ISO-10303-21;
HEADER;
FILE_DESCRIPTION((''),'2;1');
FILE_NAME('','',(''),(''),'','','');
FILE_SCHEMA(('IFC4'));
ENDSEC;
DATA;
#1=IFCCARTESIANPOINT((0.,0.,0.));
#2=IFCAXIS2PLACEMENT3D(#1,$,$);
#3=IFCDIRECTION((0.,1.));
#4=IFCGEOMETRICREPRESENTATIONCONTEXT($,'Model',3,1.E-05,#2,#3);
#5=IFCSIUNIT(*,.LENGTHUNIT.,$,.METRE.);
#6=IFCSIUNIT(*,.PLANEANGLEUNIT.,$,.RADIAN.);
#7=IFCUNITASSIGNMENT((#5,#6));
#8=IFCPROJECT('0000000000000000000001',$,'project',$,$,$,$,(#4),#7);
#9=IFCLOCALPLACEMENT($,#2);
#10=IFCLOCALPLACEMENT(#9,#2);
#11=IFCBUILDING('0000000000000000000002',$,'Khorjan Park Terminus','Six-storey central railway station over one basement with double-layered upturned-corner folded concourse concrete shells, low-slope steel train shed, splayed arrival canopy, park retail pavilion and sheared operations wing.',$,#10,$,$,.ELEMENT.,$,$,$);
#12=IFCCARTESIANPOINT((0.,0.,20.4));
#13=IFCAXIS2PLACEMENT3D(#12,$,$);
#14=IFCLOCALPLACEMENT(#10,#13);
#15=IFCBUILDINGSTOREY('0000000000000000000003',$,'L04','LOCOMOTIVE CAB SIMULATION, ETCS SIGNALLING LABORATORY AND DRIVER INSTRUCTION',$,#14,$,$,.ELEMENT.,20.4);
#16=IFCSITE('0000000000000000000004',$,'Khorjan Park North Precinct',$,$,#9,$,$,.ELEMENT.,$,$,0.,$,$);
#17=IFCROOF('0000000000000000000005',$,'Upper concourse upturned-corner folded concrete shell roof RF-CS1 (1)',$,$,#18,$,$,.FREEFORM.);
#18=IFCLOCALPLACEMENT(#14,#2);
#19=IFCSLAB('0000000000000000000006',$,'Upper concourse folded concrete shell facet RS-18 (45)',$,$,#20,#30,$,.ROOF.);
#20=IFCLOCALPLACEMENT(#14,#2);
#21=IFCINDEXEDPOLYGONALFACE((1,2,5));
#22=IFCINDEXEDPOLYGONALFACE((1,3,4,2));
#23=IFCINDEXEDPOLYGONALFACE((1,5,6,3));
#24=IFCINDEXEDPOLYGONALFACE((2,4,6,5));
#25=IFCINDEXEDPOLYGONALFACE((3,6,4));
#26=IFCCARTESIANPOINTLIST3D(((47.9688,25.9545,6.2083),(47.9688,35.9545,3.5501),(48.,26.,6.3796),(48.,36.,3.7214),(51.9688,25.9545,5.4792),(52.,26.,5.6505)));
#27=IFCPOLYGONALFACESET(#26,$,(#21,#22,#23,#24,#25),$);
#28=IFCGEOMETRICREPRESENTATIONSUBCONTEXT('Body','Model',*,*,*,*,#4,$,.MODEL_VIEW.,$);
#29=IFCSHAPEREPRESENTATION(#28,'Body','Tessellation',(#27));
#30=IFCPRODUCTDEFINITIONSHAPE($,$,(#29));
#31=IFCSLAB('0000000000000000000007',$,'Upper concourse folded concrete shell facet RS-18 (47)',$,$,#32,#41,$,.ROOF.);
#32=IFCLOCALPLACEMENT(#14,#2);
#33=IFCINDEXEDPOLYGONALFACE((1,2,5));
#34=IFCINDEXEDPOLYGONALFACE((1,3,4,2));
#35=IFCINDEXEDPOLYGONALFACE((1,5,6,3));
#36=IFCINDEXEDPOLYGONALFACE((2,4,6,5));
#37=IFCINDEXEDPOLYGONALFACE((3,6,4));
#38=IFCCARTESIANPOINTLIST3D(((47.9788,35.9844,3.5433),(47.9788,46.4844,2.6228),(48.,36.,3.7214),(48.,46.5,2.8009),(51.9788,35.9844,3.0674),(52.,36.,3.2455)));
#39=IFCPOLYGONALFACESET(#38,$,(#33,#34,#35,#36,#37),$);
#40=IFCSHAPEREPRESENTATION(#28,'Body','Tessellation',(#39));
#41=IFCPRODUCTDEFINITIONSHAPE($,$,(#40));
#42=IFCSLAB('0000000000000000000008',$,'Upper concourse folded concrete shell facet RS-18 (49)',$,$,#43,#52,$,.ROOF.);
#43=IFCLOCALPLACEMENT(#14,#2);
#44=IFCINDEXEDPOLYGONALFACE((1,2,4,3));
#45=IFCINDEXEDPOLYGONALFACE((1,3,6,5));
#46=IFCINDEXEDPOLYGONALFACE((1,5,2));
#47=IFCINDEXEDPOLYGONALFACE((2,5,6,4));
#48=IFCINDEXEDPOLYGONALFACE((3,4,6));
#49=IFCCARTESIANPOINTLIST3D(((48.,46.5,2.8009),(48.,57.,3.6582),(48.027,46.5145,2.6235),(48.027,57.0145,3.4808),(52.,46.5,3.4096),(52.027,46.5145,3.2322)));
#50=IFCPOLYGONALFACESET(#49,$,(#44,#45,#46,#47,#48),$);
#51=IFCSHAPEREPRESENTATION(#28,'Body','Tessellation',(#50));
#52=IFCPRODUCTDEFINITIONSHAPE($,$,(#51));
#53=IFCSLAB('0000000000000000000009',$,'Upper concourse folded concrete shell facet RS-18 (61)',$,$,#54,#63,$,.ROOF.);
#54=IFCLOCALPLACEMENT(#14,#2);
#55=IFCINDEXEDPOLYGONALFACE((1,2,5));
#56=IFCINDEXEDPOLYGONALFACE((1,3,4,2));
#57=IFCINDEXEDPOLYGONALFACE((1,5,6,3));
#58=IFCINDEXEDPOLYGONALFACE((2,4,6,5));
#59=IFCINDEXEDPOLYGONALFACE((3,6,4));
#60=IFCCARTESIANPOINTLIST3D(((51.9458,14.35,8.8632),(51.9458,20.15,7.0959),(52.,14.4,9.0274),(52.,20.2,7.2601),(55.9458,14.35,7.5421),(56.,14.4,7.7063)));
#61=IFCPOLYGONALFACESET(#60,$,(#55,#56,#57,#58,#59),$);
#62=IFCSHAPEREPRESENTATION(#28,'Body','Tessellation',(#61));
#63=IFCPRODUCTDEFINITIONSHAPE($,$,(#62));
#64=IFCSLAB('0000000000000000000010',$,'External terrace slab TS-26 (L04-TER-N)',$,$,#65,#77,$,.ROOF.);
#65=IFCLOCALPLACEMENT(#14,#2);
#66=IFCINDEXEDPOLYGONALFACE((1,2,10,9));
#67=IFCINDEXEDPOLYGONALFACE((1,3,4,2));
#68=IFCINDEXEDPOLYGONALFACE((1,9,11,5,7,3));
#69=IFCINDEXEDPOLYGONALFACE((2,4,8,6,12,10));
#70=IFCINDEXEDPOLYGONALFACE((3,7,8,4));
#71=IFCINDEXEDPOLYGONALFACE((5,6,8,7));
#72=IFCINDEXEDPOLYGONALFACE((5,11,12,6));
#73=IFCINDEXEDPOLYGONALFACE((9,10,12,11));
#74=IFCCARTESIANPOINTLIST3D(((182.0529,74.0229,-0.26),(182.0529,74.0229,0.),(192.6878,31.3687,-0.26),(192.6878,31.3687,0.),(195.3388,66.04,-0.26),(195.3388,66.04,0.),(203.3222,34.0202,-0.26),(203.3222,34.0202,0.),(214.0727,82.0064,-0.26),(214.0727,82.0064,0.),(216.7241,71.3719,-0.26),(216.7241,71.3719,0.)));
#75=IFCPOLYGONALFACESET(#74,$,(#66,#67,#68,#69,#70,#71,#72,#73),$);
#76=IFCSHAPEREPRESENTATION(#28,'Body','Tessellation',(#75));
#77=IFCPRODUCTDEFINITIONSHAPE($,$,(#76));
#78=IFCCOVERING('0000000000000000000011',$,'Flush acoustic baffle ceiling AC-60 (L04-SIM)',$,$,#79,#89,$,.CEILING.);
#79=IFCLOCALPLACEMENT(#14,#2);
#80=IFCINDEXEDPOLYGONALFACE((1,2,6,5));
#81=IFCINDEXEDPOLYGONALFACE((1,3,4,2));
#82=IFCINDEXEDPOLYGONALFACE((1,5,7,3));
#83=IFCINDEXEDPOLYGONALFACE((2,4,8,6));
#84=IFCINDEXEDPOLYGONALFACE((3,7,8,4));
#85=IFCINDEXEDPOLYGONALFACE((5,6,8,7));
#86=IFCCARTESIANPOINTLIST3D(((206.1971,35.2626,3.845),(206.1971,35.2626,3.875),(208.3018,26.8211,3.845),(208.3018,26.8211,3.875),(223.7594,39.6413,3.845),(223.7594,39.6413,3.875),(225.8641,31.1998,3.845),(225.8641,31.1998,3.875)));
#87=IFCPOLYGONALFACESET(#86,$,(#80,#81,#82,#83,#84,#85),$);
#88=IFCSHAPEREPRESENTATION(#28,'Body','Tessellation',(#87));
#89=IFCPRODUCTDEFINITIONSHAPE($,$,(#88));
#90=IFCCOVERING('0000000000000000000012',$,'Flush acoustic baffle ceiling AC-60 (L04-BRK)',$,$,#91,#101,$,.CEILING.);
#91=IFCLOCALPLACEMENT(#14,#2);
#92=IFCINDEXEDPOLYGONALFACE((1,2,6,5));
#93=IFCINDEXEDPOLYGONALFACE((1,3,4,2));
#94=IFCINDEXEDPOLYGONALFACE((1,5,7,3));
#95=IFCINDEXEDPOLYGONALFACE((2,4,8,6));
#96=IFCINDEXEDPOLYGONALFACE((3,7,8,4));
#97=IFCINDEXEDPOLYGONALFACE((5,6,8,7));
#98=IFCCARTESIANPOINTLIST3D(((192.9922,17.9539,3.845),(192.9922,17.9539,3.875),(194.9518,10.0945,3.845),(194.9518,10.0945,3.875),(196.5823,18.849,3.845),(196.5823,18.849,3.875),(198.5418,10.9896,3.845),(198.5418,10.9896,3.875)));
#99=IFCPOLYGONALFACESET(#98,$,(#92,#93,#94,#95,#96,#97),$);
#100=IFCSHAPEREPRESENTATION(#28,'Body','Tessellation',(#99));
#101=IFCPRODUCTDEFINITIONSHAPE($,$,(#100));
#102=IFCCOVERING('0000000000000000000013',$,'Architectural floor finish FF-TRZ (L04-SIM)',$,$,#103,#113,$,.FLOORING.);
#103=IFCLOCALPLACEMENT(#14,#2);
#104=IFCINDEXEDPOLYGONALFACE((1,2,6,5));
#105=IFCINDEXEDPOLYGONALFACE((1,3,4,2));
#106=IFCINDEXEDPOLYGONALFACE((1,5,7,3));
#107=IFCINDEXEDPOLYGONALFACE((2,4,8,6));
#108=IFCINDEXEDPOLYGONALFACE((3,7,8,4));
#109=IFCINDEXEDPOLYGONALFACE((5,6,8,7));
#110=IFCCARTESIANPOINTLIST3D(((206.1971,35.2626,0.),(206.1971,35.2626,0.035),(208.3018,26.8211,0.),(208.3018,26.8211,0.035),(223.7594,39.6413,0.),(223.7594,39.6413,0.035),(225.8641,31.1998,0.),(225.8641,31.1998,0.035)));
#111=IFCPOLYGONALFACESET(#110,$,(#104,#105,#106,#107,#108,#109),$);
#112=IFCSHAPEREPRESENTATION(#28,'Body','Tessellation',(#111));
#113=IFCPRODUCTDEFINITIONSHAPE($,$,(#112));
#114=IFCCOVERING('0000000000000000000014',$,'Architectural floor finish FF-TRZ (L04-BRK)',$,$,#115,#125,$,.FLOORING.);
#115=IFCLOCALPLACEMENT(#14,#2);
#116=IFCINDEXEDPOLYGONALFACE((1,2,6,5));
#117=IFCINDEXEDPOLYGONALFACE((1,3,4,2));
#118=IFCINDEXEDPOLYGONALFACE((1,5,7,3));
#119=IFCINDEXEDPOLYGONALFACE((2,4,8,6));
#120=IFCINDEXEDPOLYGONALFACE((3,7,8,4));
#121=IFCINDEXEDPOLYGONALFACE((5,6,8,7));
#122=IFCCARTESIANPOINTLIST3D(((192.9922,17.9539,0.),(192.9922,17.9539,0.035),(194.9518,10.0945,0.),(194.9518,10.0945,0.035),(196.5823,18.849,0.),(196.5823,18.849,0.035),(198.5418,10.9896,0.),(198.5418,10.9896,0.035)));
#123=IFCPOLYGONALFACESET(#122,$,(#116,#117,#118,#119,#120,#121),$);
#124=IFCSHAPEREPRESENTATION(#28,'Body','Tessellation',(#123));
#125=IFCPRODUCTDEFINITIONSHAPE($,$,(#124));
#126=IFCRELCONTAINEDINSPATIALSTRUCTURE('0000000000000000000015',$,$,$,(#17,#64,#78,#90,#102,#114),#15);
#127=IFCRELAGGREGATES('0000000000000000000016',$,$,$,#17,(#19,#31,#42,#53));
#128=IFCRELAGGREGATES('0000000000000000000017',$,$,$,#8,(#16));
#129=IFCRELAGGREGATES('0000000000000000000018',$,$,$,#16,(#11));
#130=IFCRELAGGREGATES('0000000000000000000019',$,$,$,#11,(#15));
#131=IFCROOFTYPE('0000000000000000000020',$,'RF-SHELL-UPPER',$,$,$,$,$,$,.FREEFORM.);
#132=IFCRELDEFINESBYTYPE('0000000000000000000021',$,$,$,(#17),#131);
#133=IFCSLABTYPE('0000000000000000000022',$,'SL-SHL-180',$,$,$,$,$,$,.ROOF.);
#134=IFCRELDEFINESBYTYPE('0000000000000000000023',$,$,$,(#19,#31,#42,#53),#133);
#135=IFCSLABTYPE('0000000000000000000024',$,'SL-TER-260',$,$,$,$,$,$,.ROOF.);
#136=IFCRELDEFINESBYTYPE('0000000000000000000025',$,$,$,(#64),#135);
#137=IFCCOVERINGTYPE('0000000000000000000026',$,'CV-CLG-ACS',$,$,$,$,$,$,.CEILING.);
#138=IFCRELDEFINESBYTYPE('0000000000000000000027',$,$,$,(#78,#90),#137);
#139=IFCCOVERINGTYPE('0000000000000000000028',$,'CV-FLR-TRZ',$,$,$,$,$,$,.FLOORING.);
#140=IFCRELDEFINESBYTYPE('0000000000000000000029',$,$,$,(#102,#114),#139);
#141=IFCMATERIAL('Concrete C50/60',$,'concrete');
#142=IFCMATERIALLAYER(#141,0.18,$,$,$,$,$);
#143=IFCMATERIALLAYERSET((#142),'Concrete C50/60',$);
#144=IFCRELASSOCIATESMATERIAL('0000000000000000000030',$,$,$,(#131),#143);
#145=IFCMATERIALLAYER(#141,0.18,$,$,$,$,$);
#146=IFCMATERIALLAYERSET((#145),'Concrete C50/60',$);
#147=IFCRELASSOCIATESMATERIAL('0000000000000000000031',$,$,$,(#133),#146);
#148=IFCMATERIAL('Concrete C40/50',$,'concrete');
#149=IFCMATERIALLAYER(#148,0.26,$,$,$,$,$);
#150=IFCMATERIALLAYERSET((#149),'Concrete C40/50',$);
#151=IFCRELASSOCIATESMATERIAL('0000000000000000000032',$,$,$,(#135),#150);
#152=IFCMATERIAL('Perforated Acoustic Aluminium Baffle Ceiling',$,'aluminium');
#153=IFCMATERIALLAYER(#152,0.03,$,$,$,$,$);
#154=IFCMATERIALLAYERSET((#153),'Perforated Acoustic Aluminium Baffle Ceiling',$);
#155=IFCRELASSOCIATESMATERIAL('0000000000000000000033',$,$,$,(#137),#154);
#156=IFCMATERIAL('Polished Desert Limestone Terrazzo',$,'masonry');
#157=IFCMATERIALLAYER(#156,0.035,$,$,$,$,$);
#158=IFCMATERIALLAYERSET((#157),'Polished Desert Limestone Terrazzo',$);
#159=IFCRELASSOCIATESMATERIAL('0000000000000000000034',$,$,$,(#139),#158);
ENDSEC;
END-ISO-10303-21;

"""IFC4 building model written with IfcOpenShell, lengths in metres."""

from ifc_helpers import new_model, si_unit, direction, frame, origin, place, context, subcontext, project, spatial, polyline, outline, extrude, material, layer, layer_set, type_object, element, aggregate, save


model = new_model("IFC4")

# Units and contexts
model_context = context("Model", 3, precision=1e-05, world=origin(), true_north=direction((0.0, 1.0)))
body_context = subcontext(model_context, "Body", "Model", "MODEL_VIEW")
ifc_project = project(units=[si_unit("LENGTHUNIT", "METRE"), si_unit("PLANEANGLEUNIT", "RADIAN")], contexts=[model_context])

# Site, building, storey
site_placement = place(None, origin())
site = spatial("IfcSite", under=ifc_project, at=site_placement, Name="Khorjan Park North Precinct", CompositionType="ELEMENT", RefElevation=0.0)
building_placement = place(site_placement, origin())
building = spatial("IfcBuilding", under=site, at=building_placement, Name="Khorjan Park Terminus", Description="Six-storey central railway station over one basement with double-layered upturned-corner folded concourse concrete shells, low-slope steel train shed, splayed arrival canopy, park retail pavilion and sheared operations wing.", CompositionType="ELEMENT")
storey_placement = place(building_placement, frame((0.0, 0.0, 20.4)))
storey = spatial("IfcBuildingStorey", under=building, at=storey_placement, Name="L04", Description="LOCOMOTIVE CAB SIMULATION, ETCS SIGNALLING LABORATORY AND DRIVER INSTRUCTION", CompositionType="ELEMENT", Elevation=20.4)

# Shared definitions
ifc_material_1 = material(Name="Concrete C40/50", Category="concrete")

# Roof, slabs
ifc_material_2 = material(Name="Concrete C50/60", Category="concrete")
ifc_layer_1 = layer(ifc_material_2, 0.18)
ifc_layer_set_1 = layer_set([ifc_layer_1], Name="Concrete C50/60")
roof_type = type_object("IfcRoofType", Name="RF-SHELL-UPPER", PredefinedType="FREEFORM", material=ifc_layer_set_1)
roof_placement = place(storey_placement, origin())
roof = element("IfcRoof", 1, at=roof_placement, inside=storey, type_object=roof_type, Name="Upper concourse upturned-corner folded concrete shell roof RF-CS1 (1)", PredefinedType="FREEFORM")
ifc_layer_2 = layer(ifc_material_2, 0.18)
ifc_layer_set_2 = layer_set([ifc_layer_2], Name="Concrete C50/60")
slab_type_1 = type_object("IfcSlabType", Name="SL-SHL-180", PredefinedType="ROOF", material=ifc_layer_set_2)
slab_1_placement = place(storey_placement, frame((48.0, 26.0, 6.3796), z_axis=(0.173486, 0.253003, 0.951784), x_axis=(0.983791, 0.0, -0.17932)))
slab_1 = element("IfcSlab", 2, at=slab_1_placement, type_object=slab_type_1, Name="Upper concourse folded concrete shell facet RS-18 (45)", PredefinedType="ROOF", context=body_context, shape_type="SweptSolid", body=[
    extrude(outline(polyline([(0.0, 0.0), (4.0659, 0.0), (0.4767, 10.3363), (0.0, 0.0)])), origin(), (0.0, 0.0, -1.0), 0.18),
])
slab_2_placement = place(storey_placement, frame((48.0, 36.0, 3.7214), z_axis=(0.117697, 0.086725, 0.989255), x_axis=(0.992997, 0.0, -0.118142)))
slab_2 = element("IfcSlab", 3, at=slab_2_placement, type_object=slab_type_1, Name="Upper concourse folded concrete shell facet RS-18 (47)", PredefinedType="ROOF", context=body_context, shape_type="SweptSolid", body=[
    extrude(outline(polyline([(0.0, 0.0), (4.0282, 0.0), (0.1087, 10.5397), (0.0, 0.0)])), origin(), (0.0, 0.0, -1.0), 0.18),
])
slab_3_placement = place(storey_placement, frame((48.0, 46.5, 2.8009), z_axis=(-0.149955, -0.080457, 0.985414), x_axis=(0.988619, 0.0, 0.150443)))
slab_3 = element("IfcSlab", 4, at=slab_3_placement, type_object=slab_type_1, Name="Upper concourse folded concrete shell facet RS-18 (49)", PredefinedType="ROOF", context=body_context, shape_type="SweptSolid", body=[
    extrude(outline(polyline([(0.0, 0.0), (4.046, 0.0), (0.129, 10.5342), (0.0, 0.0)])), origin(), (0.0, 0.0, -1.0), 0.18),
])
slab_4_placement = place(storey_placement, frame((52.0, 14.4, 9.0274), z_axis=(0.301257, 0.277935, 0.912139), x_axis=(0.949551, 0.0, -0.313613)))
slab_4 = element("IfcSlab", 5, at=slab_4_placement, type_object=slab_type_1, Name="Upper concourse folded concrete shell facet RS-18 (61)", PredefinedType="ROOF", context=body_context, shape_type="SweptSolid", body=[
    extrude(outline(polyline([(0.0, 0.0), (4.2125, 0.0), (0.5542, 6.0379), (0.0, 0.0)])), origin(), (0.0, 0.0, -1.0), 0.18),
])
aggregate(roof, [slab_1, slab_2, slab_3, slab_4])

# Slab
ifc_layer_3 = layer(ifc_material_1, 0.26)
ifc_layer_set_3 = layer_set([ifc_layer_3], Name="Concrete C40/50")
slab_type_2 = type_object("IfcSlabType", Name="SL-TER-260", PredefinedType="ROOF", material=ifc_layer_set_3)
slab_5_placement = place(storey_placement, frame((0.0, 0.0, -0.26)))
element("IfcSlab", 6, at=slab_5_placement, inside=storey, type_object=slab_type_2, Name="External terrace slab TS-26 (L04-TER-N)", PredefinedType="ROOF", context=body_context, shape_type="SweptSolid", body=[
    extrude(outline(polyline([(192.6878, 31.3687), (203.3222, 34.0202), (195.3388, 66.04), (216.7241, 71.3719), (214.0727, 82.0064), (182.0529, 74.0229), (192.6878, 31.3687)])), origin(), (0.0, 0.0, 1.0), 0.26),
])

# Coverings
ifc_material_3 = material(Name="Perforated Acoustic Aluminium Baffle Ceiling", Category="aluminium")
ifc_layer_4 = layer(ifc_material_3, 0.03)
ifc_layer_set_4 = layer_set([ifc_layer_4], Name="Perforated Acoustic Aluminium Baffle Ceiling")
covering_type_1 = type_object("IfcCoveringType", Name="CV-CLG-ACS", PredefinedType="CEILING", material=ifc_layer_set_4)
covering_1_placement = place(storey_placement, frame((0.0, 0.0, 3.845)))
element("IfcCovering", 7, at=covering_1_placement, inside=storey, type_object=covering_type_1, Name="Flush acoustic baffle ceiling AC-60 (L04-SIM)", PredefinedType="CEILING", context=body_context, shape_type="SweptSolid", body=[
    extrude(outline(polyline([(225.8641, 31.1998), (208.3018, 26.8211), (206.1971, 35.2626), (223.7594, 39.6413), (225.8641, 31.1998)])), origin(), (0.0, 0.0, 1.0), 0.03),
])
covering_2_placement = place(storey_placement, frame((0.0, 0.0, 3.845)))
element("IfcCovering", 8, at=covering_2_placement, inside=storey, type_object=covering_type_1, Name="Flush acoustic baffle ceiling AC-60 (L04-BRK)", PredefinedType="CEILING", context=body_context, shape_type="SweptSolid", body=[
    extrude(outline(polyline([(198.5418, 10.9896), (194.9518, 10.0945), (192.9922, 17.9539), (196.5823, 18.849), (198.5418, 10.9896)])), origin(), (0.0, 0.0, 1.0), 0.03),
])
ifc_material_4 = material(Name="Polished Desert Limestone Terrazzo", Category="masonry")
ifc_layer_5 = layer(ifc_material_4, 0.035)
ifc_layer_set_5 = layer_set([ifc_layer_5], Name="Polished Desert Limestone Terrazzo")
covering_type_2 = type_object("IfcCoveringType", Name="CV-FLR-TRZ", PredefinedType="FLOORING", material=ifc_layer_set_5)
covering_3_placement = place(storey_placement, origin())
element("IfcCovering", 9, at=covering_3_placement, inside=storey, type_object=covering_type_2, Name="Architectural floor finish FF-TRZ (L04-SIM)", PredefinedType="FLOORING", context=body_context, shape_type="SweptSolid", body=[
    extrude(outline(polyline([(225.8641, 31.1998), (208.3018, 26.8211), (206.1971, 35.2626), (223.7594, 39.6413), (225.8641, 31.1998)])), origin(), (0.0, 0.0, 1.0), 0.035),
])
covering_4_placement = place(storey_placement, origin())
element("IfcCovering", 10, at=covering_4_placement, inside=storey, type_object=covering_type_2, Name="Architectural floor finish FF-TRZ (L04-BRK)", PredefinedType="FLOORING", context=body_context, shape_type="SweptSolid", body=[
    extrude(outline(polyline([(198.5418, 10.9896), (194.9518, 10.0945), (192.9922, 17.9539), (196.5823, 18.849), (198.5418, 10.9896)])), origin(), (0.0, 0.0, 1.0), 0.035),
])

save(model, "model.ifc")
